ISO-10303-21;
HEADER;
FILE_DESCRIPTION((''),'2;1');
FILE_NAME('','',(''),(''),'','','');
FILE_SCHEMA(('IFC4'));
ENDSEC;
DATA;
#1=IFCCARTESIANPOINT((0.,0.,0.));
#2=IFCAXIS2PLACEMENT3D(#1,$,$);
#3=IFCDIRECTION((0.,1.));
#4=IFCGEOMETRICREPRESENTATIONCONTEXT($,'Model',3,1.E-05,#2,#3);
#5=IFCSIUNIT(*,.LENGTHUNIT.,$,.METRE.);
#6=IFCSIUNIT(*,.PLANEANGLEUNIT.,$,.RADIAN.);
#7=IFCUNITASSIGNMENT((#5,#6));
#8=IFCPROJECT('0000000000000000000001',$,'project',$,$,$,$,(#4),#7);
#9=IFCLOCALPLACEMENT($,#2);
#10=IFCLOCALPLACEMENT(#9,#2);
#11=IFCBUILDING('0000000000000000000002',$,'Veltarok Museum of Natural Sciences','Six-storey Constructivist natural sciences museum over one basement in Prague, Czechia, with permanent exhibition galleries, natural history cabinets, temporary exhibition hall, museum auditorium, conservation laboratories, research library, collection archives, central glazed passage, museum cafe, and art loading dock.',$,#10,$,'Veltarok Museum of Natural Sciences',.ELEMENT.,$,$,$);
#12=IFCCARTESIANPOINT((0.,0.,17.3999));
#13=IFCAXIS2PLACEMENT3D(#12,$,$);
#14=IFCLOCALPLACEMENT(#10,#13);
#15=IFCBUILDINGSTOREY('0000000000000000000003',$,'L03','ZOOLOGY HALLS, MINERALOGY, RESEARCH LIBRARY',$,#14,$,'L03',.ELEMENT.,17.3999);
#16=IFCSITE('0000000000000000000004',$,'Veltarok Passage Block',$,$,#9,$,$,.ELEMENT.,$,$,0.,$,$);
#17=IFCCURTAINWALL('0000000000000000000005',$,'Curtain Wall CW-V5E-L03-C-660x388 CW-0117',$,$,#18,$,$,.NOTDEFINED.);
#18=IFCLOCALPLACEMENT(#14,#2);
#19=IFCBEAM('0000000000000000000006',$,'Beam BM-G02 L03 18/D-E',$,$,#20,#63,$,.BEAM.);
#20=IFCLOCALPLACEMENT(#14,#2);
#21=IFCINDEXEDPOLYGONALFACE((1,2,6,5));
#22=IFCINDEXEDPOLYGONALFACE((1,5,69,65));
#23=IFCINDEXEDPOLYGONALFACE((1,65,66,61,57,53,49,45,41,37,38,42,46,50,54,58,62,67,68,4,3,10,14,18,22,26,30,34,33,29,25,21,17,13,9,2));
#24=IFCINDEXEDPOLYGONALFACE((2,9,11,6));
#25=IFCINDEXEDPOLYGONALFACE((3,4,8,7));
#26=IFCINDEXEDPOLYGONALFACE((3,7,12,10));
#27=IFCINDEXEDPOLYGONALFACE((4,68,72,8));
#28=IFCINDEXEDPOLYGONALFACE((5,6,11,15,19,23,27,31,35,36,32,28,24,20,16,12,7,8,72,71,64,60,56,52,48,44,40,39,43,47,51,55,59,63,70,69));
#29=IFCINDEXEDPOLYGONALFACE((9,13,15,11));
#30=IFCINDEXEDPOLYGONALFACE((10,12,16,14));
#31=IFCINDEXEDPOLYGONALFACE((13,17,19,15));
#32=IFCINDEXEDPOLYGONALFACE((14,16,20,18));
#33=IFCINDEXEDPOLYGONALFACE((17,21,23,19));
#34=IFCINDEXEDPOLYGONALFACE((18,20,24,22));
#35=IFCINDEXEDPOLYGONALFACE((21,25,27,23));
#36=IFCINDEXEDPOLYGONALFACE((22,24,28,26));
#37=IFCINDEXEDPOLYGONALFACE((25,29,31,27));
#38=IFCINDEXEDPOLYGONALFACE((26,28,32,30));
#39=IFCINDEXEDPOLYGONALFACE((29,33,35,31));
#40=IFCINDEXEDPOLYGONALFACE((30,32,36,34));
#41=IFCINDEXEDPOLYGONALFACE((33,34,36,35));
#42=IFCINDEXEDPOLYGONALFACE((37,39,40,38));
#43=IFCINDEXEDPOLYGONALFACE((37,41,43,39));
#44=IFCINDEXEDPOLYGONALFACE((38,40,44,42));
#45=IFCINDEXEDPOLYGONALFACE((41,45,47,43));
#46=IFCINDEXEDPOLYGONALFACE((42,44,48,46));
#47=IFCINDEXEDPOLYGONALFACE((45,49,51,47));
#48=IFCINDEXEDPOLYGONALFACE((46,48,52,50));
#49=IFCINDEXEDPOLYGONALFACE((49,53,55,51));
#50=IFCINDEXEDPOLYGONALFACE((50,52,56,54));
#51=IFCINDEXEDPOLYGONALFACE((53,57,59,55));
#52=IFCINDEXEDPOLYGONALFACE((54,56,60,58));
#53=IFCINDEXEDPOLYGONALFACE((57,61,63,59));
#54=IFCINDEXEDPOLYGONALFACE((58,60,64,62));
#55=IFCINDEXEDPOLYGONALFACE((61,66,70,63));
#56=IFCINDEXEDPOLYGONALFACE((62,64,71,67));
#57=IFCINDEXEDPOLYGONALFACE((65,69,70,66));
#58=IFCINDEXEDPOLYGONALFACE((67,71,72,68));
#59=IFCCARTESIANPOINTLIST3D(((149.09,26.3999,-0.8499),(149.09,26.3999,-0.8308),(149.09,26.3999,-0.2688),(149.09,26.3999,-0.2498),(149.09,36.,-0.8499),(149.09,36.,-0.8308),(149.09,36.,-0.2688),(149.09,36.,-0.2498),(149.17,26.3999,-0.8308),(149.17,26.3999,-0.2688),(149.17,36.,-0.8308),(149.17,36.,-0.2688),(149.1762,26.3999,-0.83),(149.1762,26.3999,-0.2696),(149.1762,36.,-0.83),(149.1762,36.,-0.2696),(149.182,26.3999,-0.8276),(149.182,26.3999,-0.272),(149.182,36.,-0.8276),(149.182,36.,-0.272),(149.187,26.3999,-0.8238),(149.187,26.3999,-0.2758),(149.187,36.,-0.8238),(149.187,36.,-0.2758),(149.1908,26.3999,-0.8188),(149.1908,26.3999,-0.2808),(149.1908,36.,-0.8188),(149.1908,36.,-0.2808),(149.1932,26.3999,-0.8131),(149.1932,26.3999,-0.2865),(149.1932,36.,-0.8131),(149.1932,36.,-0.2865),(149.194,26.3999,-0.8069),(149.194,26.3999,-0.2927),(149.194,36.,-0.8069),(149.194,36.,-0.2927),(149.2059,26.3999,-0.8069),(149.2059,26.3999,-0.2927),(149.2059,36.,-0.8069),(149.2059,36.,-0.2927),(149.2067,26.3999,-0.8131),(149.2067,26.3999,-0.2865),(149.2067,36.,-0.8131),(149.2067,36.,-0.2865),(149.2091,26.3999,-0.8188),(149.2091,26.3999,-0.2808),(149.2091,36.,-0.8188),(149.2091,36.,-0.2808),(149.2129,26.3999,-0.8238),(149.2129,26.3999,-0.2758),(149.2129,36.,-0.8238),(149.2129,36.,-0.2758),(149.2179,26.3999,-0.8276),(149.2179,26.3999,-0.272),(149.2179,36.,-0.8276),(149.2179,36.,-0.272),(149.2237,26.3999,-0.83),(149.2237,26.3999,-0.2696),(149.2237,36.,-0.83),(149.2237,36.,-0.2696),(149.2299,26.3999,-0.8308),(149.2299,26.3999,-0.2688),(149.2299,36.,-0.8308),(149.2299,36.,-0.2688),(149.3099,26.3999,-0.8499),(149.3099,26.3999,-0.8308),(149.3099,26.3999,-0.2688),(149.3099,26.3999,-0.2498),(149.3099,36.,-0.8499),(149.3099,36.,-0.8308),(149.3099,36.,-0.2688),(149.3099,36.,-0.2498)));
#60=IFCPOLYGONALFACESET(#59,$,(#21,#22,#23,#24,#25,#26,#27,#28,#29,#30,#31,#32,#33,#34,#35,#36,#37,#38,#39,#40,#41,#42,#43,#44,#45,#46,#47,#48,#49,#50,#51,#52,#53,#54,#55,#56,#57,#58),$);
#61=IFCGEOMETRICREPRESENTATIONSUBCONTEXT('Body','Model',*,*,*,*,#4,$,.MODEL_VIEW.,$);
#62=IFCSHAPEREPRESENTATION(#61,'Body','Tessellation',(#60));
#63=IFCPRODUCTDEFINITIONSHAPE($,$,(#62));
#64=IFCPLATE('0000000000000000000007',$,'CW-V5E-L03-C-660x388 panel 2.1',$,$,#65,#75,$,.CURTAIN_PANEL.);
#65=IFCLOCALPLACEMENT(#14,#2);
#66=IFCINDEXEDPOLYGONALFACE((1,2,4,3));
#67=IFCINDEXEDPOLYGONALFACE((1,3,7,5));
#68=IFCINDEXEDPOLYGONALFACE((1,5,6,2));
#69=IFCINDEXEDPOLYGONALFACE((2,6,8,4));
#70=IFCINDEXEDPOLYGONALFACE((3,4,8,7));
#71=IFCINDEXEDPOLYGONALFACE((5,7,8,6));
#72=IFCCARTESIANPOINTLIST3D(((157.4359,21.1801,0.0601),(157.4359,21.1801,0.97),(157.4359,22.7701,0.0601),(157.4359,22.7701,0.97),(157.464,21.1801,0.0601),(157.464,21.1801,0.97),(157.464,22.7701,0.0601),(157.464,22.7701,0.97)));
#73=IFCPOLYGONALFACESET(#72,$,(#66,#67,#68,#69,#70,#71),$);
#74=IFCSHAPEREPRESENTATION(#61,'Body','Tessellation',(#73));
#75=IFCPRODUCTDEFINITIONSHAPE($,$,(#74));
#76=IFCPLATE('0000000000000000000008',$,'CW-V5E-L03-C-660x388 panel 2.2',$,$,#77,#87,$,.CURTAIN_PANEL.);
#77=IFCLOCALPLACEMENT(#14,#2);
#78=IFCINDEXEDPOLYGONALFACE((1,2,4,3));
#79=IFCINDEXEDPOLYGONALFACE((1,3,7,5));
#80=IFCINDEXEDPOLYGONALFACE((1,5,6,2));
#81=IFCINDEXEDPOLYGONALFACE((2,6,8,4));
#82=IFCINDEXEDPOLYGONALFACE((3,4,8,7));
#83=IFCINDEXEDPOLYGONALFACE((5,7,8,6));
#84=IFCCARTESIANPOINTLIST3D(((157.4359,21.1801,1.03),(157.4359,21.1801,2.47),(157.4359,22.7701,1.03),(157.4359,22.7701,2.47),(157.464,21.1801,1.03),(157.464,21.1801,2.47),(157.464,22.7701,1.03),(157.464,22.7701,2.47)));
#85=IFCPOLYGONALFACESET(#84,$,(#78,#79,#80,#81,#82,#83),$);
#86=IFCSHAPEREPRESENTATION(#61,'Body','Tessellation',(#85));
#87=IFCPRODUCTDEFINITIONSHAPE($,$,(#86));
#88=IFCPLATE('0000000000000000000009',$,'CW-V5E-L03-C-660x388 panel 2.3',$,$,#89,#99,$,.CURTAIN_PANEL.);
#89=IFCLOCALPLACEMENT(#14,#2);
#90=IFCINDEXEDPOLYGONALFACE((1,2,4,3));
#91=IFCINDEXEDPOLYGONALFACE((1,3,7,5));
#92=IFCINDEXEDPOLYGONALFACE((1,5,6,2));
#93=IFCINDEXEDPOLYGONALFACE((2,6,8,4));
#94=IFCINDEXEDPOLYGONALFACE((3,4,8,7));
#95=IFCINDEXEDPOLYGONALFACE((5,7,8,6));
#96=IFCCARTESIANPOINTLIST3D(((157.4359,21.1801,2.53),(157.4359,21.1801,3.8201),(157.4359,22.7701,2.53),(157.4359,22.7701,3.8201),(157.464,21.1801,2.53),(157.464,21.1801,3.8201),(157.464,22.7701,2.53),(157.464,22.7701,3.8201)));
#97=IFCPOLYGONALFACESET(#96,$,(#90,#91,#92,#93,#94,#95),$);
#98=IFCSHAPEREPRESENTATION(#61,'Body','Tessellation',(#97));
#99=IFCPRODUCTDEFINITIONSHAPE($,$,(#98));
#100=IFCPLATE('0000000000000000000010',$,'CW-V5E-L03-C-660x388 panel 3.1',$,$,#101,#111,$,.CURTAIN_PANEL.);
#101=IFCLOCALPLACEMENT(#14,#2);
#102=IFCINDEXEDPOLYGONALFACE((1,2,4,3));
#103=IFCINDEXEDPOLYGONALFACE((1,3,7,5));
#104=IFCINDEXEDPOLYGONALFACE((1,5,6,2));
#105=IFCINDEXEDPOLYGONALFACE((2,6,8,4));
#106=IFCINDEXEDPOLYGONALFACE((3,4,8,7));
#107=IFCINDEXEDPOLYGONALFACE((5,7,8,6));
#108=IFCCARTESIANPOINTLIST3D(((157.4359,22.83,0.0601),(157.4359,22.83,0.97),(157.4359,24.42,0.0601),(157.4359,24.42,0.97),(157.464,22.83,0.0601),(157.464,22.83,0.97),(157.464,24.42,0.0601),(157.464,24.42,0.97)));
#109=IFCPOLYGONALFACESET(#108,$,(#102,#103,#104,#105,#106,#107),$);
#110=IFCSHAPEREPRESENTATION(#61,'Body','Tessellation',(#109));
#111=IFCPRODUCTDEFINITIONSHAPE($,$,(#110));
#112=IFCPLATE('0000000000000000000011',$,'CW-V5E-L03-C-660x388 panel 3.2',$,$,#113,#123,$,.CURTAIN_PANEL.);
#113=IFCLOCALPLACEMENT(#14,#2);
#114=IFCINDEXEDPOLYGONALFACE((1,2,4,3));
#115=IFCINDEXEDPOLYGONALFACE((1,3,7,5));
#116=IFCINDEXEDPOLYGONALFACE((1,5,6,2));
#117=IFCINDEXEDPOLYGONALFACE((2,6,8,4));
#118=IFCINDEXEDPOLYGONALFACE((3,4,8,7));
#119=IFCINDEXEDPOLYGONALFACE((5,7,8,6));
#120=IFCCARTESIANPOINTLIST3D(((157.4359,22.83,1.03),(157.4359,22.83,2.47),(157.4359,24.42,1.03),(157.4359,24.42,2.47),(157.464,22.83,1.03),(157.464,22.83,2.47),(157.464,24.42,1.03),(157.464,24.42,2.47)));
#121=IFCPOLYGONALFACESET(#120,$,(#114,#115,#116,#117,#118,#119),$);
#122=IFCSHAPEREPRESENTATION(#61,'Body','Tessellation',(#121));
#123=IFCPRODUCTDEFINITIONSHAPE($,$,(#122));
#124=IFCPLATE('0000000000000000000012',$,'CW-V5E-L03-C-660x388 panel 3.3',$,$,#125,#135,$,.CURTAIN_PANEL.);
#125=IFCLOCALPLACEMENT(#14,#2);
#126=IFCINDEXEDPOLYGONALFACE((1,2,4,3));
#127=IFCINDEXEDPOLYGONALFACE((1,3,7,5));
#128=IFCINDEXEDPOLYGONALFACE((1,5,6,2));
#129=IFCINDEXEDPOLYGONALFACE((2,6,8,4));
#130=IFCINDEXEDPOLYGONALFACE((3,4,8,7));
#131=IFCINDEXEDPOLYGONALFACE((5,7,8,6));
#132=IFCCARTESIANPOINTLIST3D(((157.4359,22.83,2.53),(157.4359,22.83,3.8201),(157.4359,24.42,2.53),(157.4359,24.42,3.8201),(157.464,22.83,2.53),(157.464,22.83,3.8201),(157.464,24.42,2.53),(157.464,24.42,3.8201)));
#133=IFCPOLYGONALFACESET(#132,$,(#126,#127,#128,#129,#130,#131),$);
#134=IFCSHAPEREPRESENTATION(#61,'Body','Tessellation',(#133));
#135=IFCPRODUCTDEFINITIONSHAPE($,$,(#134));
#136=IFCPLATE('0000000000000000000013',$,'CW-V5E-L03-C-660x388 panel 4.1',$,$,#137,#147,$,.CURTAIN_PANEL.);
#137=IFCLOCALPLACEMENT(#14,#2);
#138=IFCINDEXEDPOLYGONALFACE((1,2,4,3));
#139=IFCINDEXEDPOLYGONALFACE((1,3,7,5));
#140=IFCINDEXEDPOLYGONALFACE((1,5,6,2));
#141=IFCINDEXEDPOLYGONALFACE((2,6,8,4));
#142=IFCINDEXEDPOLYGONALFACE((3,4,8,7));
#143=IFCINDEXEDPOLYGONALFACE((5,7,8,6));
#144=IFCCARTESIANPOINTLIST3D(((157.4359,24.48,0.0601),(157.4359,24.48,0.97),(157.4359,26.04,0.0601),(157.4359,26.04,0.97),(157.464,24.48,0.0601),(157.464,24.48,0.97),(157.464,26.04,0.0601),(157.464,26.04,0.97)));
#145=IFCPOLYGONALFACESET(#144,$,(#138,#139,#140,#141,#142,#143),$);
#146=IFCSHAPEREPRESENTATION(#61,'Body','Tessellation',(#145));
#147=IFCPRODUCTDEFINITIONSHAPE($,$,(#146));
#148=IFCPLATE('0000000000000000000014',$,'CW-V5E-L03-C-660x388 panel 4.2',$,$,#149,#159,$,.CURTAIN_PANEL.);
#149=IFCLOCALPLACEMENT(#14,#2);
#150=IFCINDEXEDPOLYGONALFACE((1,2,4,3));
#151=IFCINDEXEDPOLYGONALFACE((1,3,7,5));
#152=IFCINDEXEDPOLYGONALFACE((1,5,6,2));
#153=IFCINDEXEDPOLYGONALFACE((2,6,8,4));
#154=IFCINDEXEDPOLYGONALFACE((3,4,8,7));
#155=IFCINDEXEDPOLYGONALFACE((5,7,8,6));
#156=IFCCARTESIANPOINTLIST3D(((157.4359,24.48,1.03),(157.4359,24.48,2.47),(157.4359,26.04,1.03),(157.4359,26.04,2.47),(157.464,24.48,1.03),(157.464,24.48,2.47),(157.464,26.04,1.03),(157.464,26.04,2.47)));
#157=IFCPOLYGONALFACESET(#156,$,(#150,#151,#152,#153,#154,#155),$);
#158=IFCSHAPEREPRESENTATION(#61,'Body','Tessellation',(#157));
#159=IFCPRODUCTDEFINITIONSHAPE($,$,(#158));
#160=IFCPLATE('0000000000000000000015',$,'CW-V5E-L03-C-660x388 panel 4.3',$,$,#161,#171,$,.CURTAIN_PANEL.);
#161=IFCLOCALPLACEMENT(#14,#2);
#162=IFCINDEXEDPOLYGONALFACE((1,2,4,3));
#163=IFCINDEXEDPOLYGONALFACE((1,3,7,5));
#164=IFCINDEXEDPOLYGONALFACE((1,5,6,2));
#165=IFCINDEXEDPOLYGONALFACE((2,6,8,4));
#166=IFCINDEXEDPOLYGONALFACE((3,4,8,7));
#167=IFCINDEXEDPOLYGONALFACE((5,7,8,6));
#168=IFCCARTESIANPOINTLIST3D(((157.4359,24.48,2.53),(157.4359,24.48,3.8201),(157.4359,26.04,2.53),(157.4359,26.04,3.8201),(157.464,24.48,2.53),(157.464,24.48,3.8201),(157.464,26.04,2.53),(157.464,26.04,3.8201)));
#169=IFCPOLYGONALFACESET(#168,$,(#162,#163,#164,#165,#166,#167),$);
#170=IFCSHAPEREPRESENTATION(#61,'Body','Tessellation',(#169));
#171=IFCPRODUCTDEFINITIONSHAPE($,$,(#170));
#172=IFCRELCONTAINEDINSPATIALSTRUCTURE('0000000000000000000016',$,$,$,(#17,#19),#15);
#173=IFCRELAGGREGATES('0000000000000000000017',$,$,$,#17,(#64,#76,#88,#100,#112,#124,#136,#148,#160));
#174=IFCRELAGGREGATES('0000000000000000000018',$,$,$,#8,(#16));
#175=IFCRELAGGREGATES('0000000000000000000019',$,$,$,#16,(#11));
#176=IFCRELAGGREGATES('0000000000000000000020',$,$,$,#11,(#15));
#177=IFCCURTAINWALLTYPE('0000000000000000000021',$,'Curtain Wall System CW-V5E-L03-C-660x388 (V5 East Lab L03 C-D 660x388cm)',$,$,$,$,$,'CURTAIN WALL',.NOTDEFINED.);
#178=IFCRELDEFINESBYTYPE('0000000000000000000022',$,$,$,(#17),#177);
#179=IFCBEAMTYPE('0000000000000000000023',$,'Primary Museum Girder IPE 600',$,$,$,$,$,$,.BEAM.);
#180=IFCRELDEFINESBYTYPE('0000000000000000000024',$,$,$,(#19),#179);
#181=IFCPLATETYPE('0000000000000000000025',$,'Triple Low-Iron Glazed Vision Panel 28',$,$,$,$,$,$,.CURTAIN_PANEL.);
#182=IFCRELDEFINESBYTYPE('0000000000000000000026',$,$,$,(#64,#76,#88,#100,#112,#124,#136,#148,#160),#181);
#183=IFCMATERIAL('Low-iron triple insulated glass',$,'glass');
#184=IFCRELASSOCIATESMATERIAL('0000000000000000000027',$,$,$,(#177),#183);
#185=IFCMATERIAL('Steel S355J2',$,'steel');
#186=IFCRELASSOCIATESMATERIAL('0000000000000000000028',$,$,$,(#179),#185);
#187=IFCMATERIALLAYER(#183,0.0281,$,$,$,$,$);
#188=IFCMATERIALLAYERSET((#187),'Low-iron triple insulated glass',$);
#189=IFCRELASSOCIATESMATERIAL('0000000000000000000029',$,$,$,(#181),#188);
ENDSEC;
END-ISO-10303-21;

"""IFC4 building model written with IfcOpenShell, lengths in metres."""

from ifc_helpers import new_model, si_unit, direction, frame, origin, origin_2d, place, context, subcontext, project, spatial, rectangle, i_section, extrude, material, layer, layer_set, material_profile, profile_set, type_object, element, aggregate, save


model = new_model("IFC4")

# Units and contexts
model_context = context("Model", 3, precision=1e-05, world=origin(), true_north=direction((0.0, 1.0)))
body_context = subcontext(model_context, "Body", "Model", "MODEL_VIEW")
ifc_project = project(units=[si_unit("LENGTHUNIT", "METRE"), si_unit("PLANEANGLEUNIT", "RADIAN")], contexts=[model_context])

# Site, building, storey
site_placement = place(None, origin())
site = spatial("IfcSite", under=ifc_project, at=site_placement, Name="Veltarok Passage Block", CompositionType="ELEMENT", RefElevation=0.0)
building_placement = place(site_placement, origin())
building = spatial("IfcBuilding", under=site, at=building_placement, Name="Veltarok Museum of Natural Sciences", Description="Six-storey Constructivist natural sciences museum over one basement in Prague, Czechia, with permanent exhibition galleries, natural history cabinets, temporary exhibition hall, museum auditorium, conservation laboratories, research library, collection archives, central glazed passage, museum cafe, and art loading dock.", LongName="Veltarok Museum of Natural Sciences", CompositionType="ELEMENT")
storey_placement = place(building_placement, frame((0.0, 0.0, 17.3999)))
storey = spatial("IfcBuildingStorey", under=building, at=storey_placement, Name="L03", Description="ZOOLOGY HALLS, MINERALOGY, RESEARCH LIBRARY", LongName="L03", CompositionType="ELEMENT", Elevation=17.3999)

# Curtain wall
ifc_material_1 = material(Name="Low-iron triple insulated glass", Category="glass")
curtain_wall_type_1 = type_object("IfcCurtainWallType", Name="Curtain Wall System CW-V5E-L03-C-660x388 (V5 East Lab L03 C-D 660x388cm)", ElementType="CURTAIN WALL", PredefinedType="NOTDEFINED", material=ifc_material_1)
curtain_wall_1_placement = place(storey_placement, origin())
curtain_wall_1 = element("IfcCurtainWall", 1, at=curtain_wall_1_placement, inside=storey, type_object=curtain_wall_type_1, Name="Curtain Wall CW-V5E-L03-C-660x388 CW-0117", PredefinedType="NOTDEFINED")

# Beam
ifc_material_2 = material(Name="Steel S355J2", Category="steel")
ifc_material_profile_1 = material_profile(ifc_material_2, i_section(OverallWidth=0.22, OverallDepth=0.6001, WebThickness=0.012, FlangeThickness=0.019, FilletRadius=0.0239, at=origin_2d()), Name="IPE 600")
ifc_profile_set_1 = profile_set([ifc_material_profile_1], Name="Steel S355J2")
beam_type_1 = type_object("IfcBeamType", Name="Primary Museum Girder IPE 600", PredefinedType="BEAM", material=ifc_profile_set_1)
beam_1_placement = place(storey_placement, frame((149.2, 26.3999, -0.5498), z_axis=(0.0, 1.0, 0.0), x_axis=(-1.0, 0.0, 0.0)))
element("IfcBeam", 2, at=beam_1_placement, inside=storey, type_object=beam_type_1, Name="Beam BM-G02 L03 18/D-E", PredefinedType="BEAM", context=body_context, shape_type="SweptSolid", body=[
    extrude(i_section(OverallWidth=0.22, OverallDepth=0.6001, WebThickness=0.012, FlangeThickness=0.019, FilletRadius=0.0239, at=origin_2d()), origin(), (0.0, 0.0, 1.0), 9.6001),
])

# Plates
ifc_layer_1 = layer(ifc_material_1, 0.0281)
ifc_layer_set_1 = layer_set([ifc_layer_1], Name="Low-iron triple insulated glass")
plate_type = type_object("IfcPlateType", Name="Triple Low-Iron Glazed Vision Panel 28", PredefinedType="CURTAIN_PANEL", material=ifc_layer_set_1)
plate_1_placement = place(storey_placement, frame((157.45, 21.9751, 0.0601), z_axis=(0.0, 0.0, 1.0), x_axis=(0.0, 1.0, 0.0)))
plate_1 = element("IfcPlate", 3, at=plate_1_placement, type_object=plate_type, Name="CW-V5E-L03-C-660x388 panel 2.1", PredefinedType="CURTAIN_PANEL", context=body_context, shape_type="SweptSolid", body=[
    extrude(rectangle(XDim=1.5901, YDim=0.0281, at=origin_2d()), origin(), (0.0, 0.0, 1.0), 0.9099),
])
plate_2_placement = place(storey_placement, frame((157.45, 21.9751, 1.03), z_axis=(0.0, 0.0, 1.0), x_axis=(0.0, 1.0, 0.0)))
plate_2 = element("IfcPlate", 4, at=plate_2_placement, type_object=plate_type, Name="CW-V5E-L03-C-660x388 panel 2.2", PredefinedType="CURTAIN_PANEL", context=body_context, shape_type="SweptSolid", body=[
    extrude(rectangle(XDim=1.5901, YDim=0.0281, at=origin_2d()), origin(), (0.0, 0.0, 1.0), 1.4399),
])
plate_3_placement = place(storey_placement, frame((157.45, 21.9751, 2.53), z_axis=(0.0, 0.0, 1.0), x_axis=(0.0, 1.0, 0.0)))
plate_3 = element("IfcPlate", 5, at=plate_3_placement, type_object=plate_type, Name="CW-V5E-L03-C-660x388 panel 2.3", PredefinedType="CURTAIN_PANEL", context=body_context, shape_type="SweptSolid", body=[
    extrude(rectangle(XDim=1.5901, YDim=0.0281, at=origin_2d()), origin(), (0.0, 0.0, 1.0), 1.29),
])
plate_4_placement = place(storey_placement, frame((157.45, 23.625, 0.0601), z_axis=(0.0, 0.0, 1.0), x_axis=(0.0, 1.0, 0.0)))
plate_4 = element("IfcPlate", 6, at=plate_4_placement, type_object=plate_type, Name="CW-V5E-L03-C-660x388 panel 3.1", PredefinedType="CURTAIN_PANEL", context=body_context, shape_type="SweptSolid", body=[
    extrude(rectangle(XDim=1.5901, YDim=0.0281, at=origin_2d()), origin(), (0.0, 0.0, 1.0), 0.9099),
])
plate_5_placement = place(storey_placement, frame((157.45, 23.625, 1.03), z_axis=(0.0, 0.0, 1.0), x_axis=(0.0, 1.0, 0.0)))
plate_5 = element("IfcPlate", 7, at=plate_5_placement, type_object=plate_type, Name="CW-V5E-L03-C-660x388 panel 3.2", PredefinedType="CURTAIN_PANEL", context=body_context, shape_type="SweptSolid", body=[
    extrude(rectangle(XDim=1.5901, YDim=0.0281, at=origin_2d()), origin(), (0.0, 0.0, 1.0), 1.4399),
])
plate_6_placement = place(storey_placement, frame((157.45, 23.625, 2.53), z_axis=(0.0, 0.0, 1.0), x_axis=(0.0, 1.0, 0.0)))
plate_6 = element("IfcPlate", 8, at=plate_6_placement, type_object=plate_type, Name="CW-V5E-L03-C-660x388 panel 3.3", PredefinedType="CURTAIN_PANEL", context=body_context, shape_type="SweptSolid", body=[
    extrude(rectangle(XDim=1.5901, YDim=0.0281, at=origin_2d()), origin(), (0.0, 0.0, 1.0), 1.29),
])
plate_7_placement = place(storey_placement, frame((157.45, 25.26, 0.0601), z_axis=(0.0, 0.0, 1.0), x_axis=(0.0, 1.0, 0.0)))
plate_7 = element("IfcPlate", 9, at=plate_7_placement, type_object=plate_type, Name="CW-V5E-L03-C-660x388 panel 4.1", PredefinedType="CURTAIN_PANEL", context=body_context, shape_type="SweptSolid", body=[
    extrude(rectangle(XDim=1.5601, YDim=0.0281, at=origin_2d()), origin(), (0.0, 0.0, 1.0), 0.9099),
])
plate_8_placement = place(storey_placement, frame((157.45, 25.26, 1.03), z_axis=(0.0, 0.0, 1.0), x_axis=(0.0, 1.0, 0.0)))
plate_8 = element("IfcPlate", 10, at=plate_8_placement, type_object=plate_type, Name="CW-V5E-L03-C-660x388 panel 4.2", PredefinedType="CURTAIN_PANEL", context=body_context, shape_type="SweptSolid", body=[
    extrude(rectangle(XDim=1.5601, YDim=0.0281, at=origin_2d()), origin(), (0.0, 0.0, 1.0), 1.4399),
])
plate_9_placement = place(storey_placement, frame((157.45, 25.26, 2.53), z_axis=(0.0, 0.0, 1.0), x_axis=(0.0, 1.0, 0.0)))
plate_9 = element("IfcPlate", 11, at=plate_9_placement, type_object=plate_type, Name="CW-V5E-L03-C-660x388 panel 4.3", PredefinedType="CURTAIN_PANEL", context=body_context, shape_type="SweptSolid", body=[
    extrude(rectangle(XDim=1.5601, YDim=0.0281, at=origin_2d()), origin(), (0.0, 0.0, 1.0), 1.29),
])
aggregate(curtain_wall_1, [plate_1, plate_2, plate_3, plate_4, plate_5, plate_6, plate_7, plate_8, plate_9])

save(model, "model.ifc")
